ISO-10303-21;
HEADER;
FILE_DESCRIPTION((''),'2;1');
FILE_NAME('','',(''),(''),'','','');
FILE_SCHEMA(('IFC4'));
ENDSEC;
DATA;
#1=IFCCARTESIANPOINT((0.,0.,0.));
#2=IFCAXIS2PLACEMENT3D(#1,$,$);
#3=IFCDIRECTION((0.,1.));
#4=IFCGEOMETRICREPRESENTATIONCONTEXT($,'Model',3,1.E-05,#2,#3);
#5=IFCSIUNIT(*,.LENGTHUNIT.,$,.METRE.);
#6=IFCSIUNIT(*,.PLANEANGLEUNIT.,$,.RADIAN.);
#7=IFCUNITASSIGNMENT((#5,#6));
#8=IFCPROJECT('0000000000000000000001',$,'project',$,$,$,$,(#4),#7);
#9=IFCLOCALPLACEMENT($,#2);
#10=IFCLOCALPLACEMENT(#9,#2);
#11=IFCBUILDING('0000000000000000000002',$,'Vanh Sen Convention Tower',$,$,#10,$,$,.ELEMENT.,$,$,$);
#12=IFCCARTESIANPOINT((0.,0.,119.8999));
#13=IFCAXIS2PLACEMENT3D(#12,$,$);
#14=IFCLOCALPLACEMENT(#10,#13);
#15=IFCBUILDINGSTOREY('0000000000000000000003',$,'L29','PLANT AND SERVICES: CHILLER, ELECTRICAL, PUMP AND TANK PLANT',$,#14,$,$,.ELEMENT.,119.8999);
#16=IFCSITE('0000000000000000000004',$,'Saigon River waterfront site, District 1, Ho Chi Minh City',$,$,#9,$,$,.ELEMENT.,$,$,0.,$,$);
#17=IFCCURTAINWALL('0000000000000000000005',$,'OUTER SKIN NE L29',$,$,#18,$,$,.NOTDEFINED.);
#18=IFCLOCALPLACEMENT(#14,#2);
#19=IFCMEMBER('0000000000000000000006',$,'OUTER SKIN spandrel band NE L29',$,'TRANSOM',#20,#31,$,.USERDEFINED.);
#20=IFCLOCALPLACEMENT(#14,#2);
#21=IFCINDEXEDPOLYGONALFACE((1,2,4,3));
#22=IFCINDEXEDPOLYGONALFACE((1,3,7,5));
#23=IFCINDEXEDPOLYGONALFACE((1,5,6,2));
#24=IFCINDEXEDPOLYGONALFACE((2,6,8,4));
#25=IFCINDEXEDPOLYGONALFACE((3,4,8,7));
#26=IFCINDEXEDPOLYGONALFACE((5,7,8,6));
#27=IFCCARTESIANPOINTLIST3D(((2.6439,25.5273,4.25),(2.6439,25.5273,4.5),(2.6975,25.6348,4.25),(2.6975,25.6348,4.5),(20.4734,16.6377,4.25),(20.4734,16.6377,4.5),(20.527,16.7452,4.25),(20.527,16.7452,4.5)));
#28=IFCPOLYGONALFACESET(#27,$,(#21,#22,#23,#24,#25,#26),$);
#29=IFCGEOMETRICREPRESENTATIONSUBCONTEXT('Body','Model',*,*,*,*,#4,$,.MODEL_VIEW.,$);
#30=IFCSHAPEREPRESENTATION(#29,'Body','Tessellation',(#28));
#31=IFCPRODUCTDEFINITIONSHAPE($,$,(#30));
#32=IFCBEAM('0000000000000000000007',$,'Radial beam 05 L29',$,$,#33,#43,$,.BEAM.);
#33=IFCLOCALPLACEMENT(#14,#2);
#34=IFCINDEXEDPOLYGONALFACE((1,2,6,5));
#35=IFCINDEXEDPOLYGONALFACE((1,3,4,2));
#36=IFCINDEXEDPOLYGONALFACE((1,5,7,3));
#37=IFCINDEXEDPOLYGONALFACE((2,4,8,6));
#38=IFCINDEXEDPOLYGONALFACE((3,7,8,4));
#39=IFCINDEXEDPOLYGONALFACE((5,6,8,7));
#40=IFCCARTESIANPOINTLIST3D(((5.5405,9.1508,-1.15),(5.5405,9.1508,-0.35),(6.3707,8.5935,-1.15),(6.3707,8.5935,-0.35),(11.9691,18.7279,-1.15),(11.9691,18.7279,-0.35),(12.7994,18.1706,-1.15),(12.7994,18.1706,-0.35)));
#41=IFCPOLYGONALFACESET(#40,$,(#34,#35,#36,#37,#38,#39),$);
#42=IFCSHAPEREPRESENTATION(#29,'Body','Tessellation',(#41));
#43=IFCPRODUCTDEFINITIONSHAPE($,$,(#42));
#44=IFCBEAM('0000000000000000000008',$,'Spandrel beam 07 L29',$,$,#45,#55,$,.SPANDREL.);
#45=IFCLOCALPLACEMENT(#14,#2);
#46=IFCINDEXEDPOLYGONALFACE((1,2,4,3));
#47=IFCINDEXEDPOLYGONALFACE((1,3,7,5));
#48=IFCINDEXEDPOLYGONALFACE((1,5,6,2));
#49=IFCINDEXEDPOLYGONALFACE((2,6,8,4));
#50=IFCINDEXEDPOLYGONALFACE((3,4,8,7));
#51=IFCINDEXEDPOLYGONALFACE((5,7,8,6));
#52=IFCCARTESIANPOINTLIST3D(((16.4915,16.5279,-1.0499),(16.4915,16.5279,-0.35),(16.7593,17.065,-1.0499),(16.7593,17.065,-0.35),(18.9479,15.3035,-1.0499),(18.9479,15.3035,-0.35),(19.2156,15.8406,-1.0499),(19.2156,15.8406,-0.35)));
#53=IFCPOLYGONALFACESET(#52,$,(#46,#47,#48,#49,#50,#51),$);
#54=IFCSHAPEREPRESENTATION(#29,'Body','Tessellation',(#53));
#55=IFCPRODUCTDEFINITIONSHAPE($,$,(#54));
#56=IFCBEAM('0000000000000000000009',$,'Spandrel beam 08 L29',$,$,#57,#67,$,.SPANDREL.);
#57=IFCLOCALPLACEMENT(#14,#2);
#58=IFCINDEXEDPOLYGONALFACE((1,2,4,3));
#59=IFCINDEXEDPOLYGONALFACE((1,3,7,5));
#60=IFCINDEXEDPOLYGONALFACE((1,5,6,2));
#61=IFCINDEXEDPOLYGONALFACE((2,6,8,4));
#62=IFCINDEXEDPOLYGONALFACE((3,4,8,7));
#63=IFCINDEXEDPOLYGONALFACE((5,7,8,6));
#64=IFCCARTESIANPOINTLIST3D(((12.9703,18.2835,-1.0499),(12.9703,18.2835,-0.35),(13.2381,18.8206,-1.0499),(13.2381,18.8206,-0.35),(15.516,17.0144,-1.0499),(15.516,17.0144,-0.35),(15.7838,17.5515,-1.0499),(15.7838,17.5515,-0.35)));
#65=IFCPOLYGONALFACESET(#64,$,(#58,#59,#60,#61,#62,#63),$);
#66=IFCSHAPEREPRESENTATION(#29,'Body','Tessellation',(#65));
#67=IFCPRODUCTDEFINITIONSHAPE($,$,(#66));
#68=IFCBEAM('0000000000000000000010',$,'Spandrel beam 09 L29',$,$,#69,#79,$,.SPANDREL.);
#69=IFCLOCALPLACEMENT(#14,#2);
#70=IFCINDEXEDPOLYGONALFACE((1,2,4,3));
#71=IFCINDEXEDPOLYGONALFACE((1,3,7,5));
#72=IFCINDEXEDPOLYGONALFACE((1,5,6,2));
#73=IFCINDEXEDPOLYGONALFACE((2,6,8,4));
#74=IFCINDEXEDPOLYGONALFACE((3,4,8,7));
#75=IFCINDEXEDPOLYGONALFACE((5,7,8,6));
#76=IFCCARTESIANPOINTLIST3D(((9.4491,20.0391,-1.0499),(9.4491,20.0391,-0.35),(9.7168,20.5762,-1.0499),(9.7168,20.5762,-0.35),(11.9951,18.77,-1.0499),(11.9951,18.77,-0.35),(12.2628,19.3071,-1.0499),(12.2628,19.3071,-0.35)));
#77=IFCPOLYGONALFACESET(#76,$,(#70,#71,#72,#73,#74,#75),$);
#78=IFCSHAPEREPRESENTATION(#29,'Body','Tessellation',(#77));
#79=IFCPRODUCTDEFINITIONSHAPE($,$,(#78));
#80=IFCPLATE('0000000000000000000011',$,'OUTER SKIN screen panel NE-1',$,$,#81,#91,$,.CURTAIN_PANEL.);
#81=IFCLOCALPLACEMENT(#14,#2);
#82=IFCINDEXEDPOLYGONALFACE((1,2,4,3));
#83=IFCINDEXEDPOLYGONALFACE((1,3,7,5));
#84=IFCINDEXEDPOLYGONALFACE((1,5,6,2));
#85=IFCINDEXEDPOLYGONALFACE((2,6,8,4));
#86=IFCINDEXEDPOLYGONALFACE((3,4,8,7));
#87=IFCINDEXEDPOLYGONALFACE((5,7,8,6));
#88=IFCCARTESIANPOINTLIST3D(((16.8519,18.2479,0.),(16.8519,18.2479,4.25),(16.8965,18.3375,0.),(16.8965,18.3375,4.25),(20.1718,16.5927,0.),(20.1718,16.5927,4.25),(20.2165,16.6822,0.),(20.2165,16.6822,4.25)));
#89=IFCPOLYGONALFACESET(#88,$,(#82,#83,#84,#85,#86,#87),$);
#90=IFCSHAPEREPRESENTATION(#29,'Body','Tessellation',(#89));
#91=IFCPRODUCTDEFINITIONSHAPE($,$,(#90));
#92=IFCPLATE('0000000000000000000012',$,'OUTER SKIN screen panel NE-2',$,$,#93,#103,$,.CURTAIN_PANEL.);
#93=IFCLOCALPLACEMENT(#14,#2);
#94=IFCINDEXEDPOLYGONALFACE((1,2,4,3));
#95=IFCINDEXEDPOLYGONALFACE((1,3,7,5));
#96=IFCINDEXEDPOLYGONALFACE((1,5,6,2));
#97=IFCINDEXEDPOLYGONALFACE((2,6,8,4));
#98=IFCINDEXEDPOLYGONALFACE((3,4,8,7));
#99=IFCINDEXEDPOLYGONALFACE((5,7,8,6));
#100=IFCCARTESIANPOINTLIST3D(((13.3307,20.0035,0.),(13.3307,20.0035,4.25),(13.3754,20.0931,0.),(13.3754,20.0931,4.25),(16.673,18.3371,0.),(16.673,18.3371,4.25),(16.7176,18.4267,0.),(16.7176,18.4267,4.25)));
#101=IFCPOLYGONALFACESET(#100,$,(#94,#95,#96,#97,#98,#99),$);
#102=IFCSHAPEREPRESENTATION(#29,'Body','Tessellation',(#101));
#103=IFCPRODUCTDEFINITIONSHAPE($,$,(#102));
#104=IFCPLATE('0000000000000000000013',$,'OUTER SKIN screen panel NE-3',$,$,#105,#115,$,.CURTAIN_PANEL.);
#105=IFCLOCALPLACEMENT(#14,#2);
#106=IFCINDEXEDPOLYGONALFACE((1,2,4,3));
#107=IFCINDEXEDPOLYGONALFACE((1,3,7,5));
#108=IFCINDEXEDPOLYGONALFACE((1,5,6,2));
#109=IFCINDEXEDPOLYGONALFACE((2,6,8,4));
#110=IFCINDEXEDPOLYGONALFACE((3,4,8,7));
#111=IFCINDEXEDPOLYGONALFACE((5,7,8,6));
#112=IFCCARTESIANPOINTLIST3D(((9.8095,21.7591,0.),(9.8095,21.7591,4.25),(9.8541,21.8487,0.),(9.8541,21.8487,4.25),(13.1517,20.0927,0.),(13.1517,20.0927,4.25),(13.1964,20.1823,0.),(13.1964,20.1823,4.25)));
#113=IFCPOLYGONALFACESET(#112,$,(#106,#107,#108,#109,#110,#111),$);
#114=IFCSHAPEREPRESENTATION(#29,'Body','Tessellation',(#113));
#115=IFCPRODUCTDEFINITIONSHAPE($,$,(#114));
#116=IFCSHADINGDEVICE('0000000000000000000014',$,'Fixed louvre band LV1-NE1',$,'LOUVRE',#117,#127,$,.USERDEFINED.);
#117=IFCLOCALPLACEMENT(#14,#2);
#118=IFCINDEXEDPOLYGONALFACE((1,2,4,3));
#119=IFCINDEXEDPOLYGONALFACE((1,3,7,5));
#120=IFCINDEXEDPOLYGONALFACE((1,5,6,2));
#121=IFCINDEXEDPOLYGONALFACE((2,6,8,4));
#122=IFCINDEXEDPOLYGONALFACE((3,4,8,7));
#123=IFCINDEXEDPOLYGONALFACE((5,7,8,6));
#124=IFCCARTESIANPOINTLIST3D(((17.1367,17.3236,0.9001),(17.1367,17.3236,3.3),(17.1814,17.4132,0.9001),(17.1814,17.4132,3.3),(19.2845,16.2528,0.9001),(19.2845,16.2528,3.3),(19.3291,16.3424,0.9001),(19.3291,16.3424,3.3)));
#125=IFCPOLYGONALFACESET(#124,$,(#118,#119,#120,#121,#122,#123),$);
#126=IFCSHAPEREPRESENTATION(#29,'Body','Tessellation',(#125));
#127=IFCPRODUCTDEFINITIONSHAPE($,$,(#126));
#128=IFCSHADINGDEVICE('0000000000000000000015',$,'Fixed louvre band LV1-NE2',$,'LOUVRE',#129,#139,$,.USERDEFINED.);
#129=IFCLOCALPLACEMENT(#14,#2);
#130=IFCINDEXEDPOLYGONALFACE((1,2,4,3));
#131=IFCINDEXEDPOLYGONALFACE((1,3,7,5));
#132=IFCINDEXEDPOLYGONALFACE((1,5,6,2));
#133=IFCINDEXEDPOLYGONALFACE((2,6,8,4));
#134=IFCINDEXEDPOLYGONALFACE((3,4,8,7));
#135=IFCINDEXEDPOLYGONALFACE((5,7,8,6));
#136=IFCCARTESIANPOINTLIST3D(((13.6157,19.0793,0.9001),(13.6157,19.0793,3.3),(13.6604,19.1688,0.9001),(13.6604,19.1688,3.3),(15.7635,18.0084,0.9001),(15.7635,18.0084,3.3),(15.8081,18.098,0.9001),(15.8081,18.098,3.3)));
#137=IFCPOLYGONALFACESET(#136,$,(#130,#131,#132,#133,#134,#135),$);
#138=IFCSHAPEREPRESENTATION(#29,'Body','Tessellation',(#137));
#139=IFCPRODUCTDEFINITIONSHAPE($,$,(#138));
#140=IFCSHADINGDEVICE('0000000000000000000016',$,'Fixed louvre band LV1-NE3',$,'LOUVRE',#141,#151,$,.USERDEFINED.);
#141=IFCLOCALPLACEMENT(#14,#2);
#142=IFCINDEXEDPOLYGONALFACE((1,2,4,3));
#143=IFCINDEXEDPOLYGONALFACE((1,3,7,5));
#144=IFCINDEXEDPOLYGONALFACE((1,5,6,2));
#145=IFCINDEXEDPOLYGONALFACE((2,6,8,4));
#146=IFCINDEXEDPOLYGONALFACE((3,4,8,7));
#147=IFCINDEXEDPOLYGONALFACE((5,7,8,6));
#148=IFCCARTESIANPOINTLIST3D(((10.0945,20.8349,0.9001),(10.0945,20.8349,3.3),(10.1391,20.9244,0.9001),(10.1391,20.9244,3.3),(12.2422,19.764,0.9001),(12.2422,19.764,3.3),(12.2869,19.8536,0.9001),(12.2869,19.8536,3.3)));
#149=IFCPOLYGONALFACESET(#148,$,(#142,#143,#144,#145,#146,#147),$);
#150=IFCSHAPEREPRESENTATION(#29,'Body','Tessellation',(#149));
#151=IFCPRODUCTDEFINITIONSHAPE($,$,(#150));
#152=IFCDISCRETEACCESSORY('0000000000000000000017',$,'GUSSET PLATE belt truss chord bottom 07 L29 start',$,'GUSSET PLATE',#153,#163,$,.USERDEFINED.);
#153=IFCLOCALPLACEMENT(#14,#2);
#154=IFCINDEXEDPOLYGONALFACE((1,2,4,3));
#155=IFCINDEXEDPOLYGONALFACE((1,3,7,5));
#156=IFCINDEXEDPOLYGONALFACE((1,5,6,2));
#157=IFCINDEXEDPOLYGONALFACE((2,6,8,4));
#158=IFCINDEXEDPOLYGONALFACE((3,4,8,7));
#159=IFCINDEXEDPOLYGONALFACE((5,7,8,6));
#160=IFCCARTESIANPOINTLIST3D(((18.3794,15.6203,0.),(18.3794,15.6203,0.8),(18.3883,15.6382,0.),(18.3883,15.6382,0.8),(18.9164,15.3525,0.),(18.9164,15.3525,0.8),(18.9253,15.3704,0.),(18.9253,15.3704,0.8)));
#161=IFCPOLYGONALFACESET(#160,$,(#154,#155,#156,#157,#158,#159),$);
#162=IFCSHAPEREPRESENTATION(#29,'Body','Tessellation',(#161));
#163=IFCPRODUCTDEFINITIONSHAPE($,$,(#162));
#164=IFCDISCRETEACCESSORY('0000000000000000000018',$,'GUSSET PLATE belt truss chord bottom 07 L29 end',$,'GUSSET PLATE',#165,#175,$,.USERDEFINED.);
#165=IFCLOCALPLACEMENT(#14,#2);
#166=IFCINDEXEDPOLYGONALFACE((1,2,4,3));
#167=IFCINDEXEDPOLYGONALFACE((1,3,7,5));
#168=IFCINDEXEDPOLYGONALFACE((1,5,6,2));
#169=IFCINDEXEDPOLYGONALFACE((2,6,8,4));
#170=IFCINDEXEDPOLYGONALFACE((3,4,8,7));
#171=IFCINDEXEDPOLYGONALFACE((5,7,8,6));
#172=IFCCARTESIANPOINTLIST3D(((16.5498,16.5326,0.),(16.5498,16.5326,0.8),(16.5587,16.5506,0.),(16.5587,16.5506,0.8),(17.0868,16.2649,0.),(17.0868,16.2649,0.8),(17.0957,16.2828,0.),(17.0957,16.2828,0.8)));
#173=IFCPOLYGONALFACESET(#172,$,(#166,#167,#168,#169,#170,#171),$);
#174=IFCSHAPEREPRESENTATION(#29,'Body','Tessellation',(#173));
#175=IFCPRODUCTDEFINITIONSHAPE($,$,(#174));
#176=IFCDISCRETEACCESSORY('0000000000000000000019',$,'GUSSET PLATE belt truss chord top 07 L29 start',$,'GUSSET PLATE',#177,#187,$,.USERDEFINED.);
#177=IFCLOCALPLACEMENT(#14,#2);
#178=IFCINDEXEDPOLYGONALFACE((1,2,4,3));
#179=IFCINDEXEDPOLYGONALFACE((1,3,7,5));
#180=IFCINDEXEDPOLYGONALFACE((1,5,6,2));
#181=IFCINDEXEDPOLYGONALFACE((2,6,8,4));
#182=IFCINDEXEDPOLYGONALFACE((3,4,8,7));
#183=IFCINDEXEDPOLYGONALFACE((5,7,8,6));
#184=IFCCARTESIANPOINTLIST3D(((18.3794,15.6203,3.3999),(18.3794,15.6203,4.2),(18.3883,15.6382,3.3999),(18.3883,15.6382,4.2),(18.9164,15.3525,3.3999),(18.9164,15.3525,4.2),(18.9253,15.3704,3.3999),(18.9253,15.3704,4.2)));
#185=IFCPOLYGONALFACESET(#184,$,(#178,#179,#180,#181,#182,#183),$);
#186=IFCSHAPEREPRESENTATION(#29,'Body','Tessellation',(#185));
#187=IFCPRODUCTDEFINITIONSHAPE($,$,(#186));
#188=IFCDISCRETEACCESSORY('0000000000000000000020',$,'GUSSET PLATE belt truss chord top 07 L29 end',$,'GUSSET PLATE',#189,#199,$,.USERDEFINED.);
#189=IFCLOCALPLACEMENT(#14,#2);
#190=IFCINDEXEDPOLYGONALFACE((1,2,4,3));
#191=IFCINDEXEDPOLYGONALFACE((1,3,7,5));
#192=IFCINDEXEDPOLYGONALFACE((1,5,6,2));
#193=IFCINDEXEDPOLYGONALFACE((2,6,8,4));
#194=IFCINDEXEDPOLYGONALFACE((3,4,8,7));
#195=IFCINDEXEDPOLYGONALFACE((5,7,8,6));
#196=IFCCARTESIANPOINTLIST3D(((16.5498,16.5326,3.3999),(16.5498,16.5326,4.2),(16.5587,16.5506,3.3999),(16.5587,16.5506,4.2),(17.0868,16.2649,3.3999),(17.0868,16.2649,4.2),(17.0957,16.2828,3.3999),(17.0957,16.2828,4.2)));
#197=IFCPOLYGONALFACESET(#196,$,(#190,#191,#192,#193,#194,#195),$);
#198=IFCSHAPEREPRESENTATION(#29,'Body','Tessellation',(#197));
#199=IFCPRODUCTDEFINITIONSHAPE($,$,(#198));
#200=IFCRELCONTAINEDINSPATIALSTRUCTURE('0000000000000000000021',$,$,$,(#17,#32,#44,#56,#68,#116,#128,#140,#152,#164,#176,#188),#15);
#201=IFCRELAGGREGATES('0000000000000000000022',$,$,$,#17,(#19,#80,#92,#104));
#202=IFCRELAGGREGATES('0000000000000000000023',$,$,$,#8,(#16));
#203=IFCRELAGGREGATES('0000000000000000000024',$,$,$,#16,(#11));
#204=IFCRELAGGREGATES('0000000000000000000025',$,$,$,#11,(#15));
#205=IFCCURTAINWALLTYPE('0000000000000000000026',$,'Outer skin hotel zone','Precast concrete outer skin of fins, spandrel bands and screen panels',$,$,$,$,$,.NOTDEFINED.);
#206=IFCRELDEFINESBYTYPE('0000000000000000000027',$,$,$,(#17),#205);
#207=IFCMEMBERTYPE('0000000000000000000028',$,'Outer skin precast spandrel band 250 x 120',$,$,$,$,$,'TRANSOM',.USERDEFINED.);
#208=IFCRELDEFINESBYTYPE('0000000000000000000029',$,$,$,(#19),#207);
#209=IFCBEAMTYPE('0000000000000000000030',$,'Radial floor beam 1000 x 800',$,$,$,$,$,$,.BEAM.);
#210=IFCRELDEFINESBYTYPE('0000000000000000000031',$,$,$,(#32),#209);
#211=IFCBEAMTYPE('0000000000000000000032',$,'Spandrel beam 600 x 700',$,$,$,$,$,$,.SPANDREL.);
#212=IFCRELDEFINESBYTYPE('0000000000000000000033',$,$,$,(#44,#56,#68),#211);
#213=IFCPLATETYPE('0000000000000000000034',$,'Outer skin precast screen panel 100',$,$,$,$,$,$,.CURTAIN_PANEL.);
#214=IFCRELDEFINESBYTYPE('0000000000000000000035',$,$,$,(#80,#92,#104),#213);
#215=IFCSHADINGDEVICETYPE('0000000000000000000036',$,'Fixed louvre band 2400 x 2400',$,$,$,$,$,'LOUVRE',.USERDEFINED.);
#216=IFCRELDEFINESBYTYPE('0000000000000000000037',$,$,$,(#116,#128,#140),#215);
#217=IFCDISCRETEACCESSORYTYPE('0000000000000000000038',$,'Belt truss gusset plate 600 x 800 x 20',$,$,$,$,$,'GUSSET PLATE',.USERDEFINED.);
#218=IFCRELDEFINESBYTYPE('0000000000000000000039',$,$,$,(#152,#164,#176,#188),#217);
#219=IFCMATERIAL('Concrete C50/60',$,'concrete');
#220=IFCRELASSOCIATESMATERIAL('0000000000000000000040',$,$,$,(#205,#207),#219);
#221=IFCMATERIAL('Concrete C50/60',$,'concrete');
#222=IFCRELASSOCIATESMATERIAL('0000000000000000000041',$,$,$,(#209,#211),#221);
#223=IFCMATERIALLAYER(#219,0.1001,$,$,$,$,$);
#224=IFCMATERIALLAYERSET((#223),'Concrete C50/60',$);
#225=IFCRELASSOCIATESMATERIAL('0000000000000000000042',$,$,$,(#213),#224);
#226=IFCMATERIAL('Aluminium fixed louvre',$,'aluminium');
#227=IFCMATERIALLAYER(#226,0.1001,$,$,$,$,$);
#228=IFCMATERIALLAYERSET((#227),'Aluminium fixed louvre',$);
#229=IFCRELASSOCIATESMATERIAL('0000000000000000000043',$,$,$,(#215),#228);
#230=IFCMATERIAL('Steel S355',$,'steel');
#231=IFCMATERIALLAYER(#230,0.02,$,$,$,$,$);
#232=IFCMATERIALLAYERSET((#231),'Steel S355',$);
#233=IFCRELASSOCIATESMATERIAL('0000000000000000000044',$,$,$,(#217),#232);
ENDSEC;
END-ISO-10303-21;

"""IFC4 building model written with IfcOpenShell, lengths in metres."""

from ifc_helpers import new_model, si_unit, direction, frame, origin, origin_2d, place, context, subcontext, project, spatial, rectangle, extrude, material, layer, layer_set, material_profile, profile_set, type_object, element, aggregate, save


model = new_model("IFC4")

# Units and contexts
model_context = context("Model", 3, precision=1e-05, world=origin(), true_north=direction((0.0, 1.0)))
body_context = subcontext(model_context, "Body", "Model", "MODEL_VIEW")
ifc_project = project(units=[si_unit("LENGTHUNIT", "METRE"), si_unit("PLANEANGLEUNIT", "RADIAN")], contexts=[model_context])

# Site, building, storey
site_placement = place(None, origin())
site = spatial("IfcSite", under=ifc_project, at=site_placement, Name="Saigon River waterfront site, District 1, Ho Chi Minh City", CompositionType="ELEMENT", RefElevation=0.0)
building_placement = place(site_placement, origin())
building = spatial("IfcBuilding", under=site, at=building_placement, Name="Vanh Sen Convention Tower", CompositionType="ELEMENT")
storey_placement = place(building_placement, frame((0.0, 0.0, 119.8999)))
storey = spatial("IfcBuildingStorey", under=building, at=storey_placement, Name="L29", Description="PLANT AND SERVICES: CHILLER, ELECTRICAL, PUMP AND TANK PLANT", CompositionType="ELEMENT", Elevation=119.8999)

# Shared definitions
ifc_material_1 = material(Name="Steel S355", Category="steel")

# Curtain wall, member
ifc_material_2 = material(Name="Concrete C50/60", Category="concrete")
curtain_wall_type = type_object("IfcCurtainWallType", Name="Outer skin hotel zone", Description="Precast concrete outer skin of fins, spandrel bands and screen panels", PredefinedType="NOTDEFINED", material=ifc_material_2)
curtain_wall_placement = place(storey_placement, origin())
curtain_wall = element("IfcCurtainWall", 1, at=curtain_wall_placement, inside=storey, type_object=curtain_wall_type, Name="OUTER SKIN NE L29", PredefinedType="NOTDEFINED")
ifc_material_profile_1 = material_profile(ifc_material_2, rectangle(XDim=0.1201, YDim=0.25, at=origin_2d()), Name="Outer skin precast spandrel band 250 x 120")
ifc_profile_set_1 = profile_set([ifc_material_profile_1], Name="Concrete C50/60")
member_type_1 = type_object("IfcMemberType", Name="Outer skin precast spandrel band 250 x 120", ElementType="TRANSOM", PredefinedType="USERDEFINED", material=ifc_profile_set_1)
member_1_placement = place(storey_placement, frame((20.5002, 16.6914, 4.375), z_axis=(-0.894931, 0.446204, 0.0), x_axis=(-0.446204, -0.894931, 0.0)))
member_1 = element("IfcMember", 2, at=member_1_placement, type_object=member_type_1, Name="OUTER SKIN spandrel band NE L29", ObjectType="TRANSOM", PredefinedType="USERDEFINED", context=body_context, shape_type="SweptSolid", body=[
    extrude(rectangle(XDim=0.1201, YDim=0.25, at=origin_2d()), origin(), (0.0, 0.0, 1.0), 19.9229),
])

# Beams
ifc_material_3 = material(Name="Concrete C50/60", Category="concrete")
ifc_material_profile_2 = material_profile(ifc_material_3, rectangle(XDim=1.0, YDim=0.8, at=origin_2d()), Name="RC 1000X800")
ifc_profile_set_2 = profile_set([ifc_material_profile_2], Name="Concrete C50/60")
beam_type_1 = type_object("IfcBeamType", Name="Radial floor beam 1000 x 800", PredefinedType="BEAM", material=ifc_profile_set_2)
beam_1_placement = place(storey_placement, frame((12.3843, 18.4492, -0.75), z_axis=(-0.557335, -0.830288, 0.0), x_axis=(0.830288, -0.557335, 0.0)))
element("IfcBeam", 3, at=beam_1_placement, inside=storey, type_object=beam_type_1, Name="Radial beam 05 L29", PredefinedType="BEAM", context=body_context, shape_type="SweptSolid", body=[
    extrude(rectangle(XDim=1.0, YDim=0.8, at=origin_2d()), origin(), (0.0, 0.0, 1.0), 11.5347),
])
ifc_material_profile_3 = material_profile(ifc_material_3, rectangle(XDim=0.6001, YDim=0.7, at=origin_2d()), Name="RC 600X700")
ifc_profile_set_3 = profile_set([ifc_material_profile_3], Name="Concrete C50/60")
beam_type_2 = type_object("IfcBeamType", Name="Spandrel beam 600 x 700", PredefinedType="SPANDREL", material=ifc_profile_set_3)
beam_2_placement = place(storey_placement, frame((19.0818, 15.572, -0.7), z_axis=(-0.894978, 0.44611, 0.0), x_axis=(-0.44611, -0.894978, 0.0)))
element("IfcBeam", 4, at=beam_2_placement, inside=storey, type_object=beam_type_2, Name="Spandrel beam 07 L29", PredefinedType="SPANDREL", context=body_context, shape_type="SweptSolid", body=[
    extrude(rectangle(XDim=0.6001, YDim=0.7, at=origin_2d()), origin(), (0.0, 0.0, 1.0), 2.7446),
])
beam_3_placement = place(storey_placement, frame((15.6499, 17.283, -0.7), z_axis=(-0.894959, 0.446149, 0.0), x_axis=(-0.446149, -0.894959, 0.0)))
element("IfcBeam", 5, at=beam_3_placement, inside=storey, type_object=beam_type_2, Name="Spandrel beam 08 L29", PredefinedType="SPANDREL", context=body_context, shape_type="SweptSolid", body=[
    extrude(rectangle(XDim=0.6001, YDim=0.7, at=origin_2d()), origin(), (0.0, 0.0, 1.0), 2.8445),
])
beam_4_placement = place(storey_placement, frame((12.1289, 19.0386, -0.7), z_axis=(-0.894976, 0.446115, 0.0), x_axis=(-0.446115, -0.894976, 0.0)))
element("IfcBeam", 6, at=beam_4_placement, inside=storey, type_object=beam_type_2, Name="Spandrel beam 09 L29", PredefinedType="SPANDREL", context=body_context, shape_type="SweptSolid", body=[
    extrude(rectangle(XDim=0.6001, YDim=0.7, at=origin_2d()), origin(), (0.0, 0.0, 1.0), 2.8447),
])

# Plates
ifc_layer_1 = layer(ifc_material_2, 0.1001)
ifc_layer_set_1 = layer_set([ifc_layer_1], Name="Concrete C50/60")
plate_type = type_object("IfcPlateType", Name="Outer skin precast screen panel 100", PredefinedType="CURTAIN_PANEL", material=ifc_layer_set_1)
plate_1_placement = place(storey_placement, frame((18.5342, 17.4651, 0.0), z_axis=(0.0, 0.0, 1.0), x_axis=(-0.894935, 0.446196, 0.0)))
plate_1 = element("IfcPlate", 7, at=plate_1_placement, type_object=plate_type, Name="OUTER SKIN screen panel NE-1", PredefinedType="CURTAIN_PANEL", context=body_context, shape_type="SweptSolid", body=[
    extrude(rectangle(XDim=3.7097, YDim=0.1001, at=origin_2d()), origin(), (0.0, 0.0, 1.0), 4.25),
])
plate_2_placement = place(storey_placement, frame((15.0242, 19.2151, 0.0), z_axis=(0.0, 0.0, 1.0), x_axis=(-0.894935, 0.446196, 0.0)))
plate_2 = element("IfcPlate", 8, at=plate_2_placement, type_object=plate_type, Name="OUTER SKIN screen panel NE-2", PredefinedType="CURTAIN_PANEL", context=body_context, shape_type="SweptSolid", body=[
    extrude(rectangle(XDim=3.7346, YDim=0.1001, at=origin_2d()), origin(), (0.0, 0.0, 1.0), 4.25),
])
plate_3_placement = place(storey_placement, frame((11.5029, 20.9707, 0.0), z_axis=(0.0, 0.0, 1.0), x_axis=(-0.894935, 0.446196, 0.0)))
plate_3 = element("IfcPlate", 9, at=plate_3_placement, type_object=plate_type, Name="OUTER SKIN screen panel NE-3", PredefinedType="CURTAIN_PANEL", context=body_context, shape_type="SweptSolid", body=[
    extrude(rectangle(XDim=3.7346, YDim=0.1001, at=origin_2d()), origin(), (0.0, 0.0, 1.0), 4.25),
])
aggregate(curtain_wall, [member_1, plate_1, plate_2, plate_3])

# Shading devices
ifc_material_4 = material(Name="Aluminium fixed louvre", Category="aluminium")
ifc_layer_2 = layer(ifc_material_4, 0.1001)
ifc_layer_set_2 = layer_set([ifc_layer_2], Name="Aluminium fixed louvre")
shading_device_type = type_object("IfcShadingDeviceType", Name="Fixed louvre band 2400 x 2400", ElementType="LOUVRE", PredefinedType="USERDEFINED", material=ifc_layer_set_2)
for number, where, z_axis, x_axis, name in (
    (10, (18.2329, 16.833, 0.9001), (0.0, 0.0, 1.0), (-0.894934, 0.446199, 0.0), "Fixed louvre band LV1-NE1"),
    (11, (14.7119, 18.5886, 0.9001), (0.0, 0.0, 1.0), (-0.894934, 0.446199, 0.0), "Fixed louvre band LV1-NE2"),
    (12, (11.1907, 20.3442, 0.9001), (0.0, 0.0, 1.0), (-0.894934, 0.446199, 0.0), "Fixed louvre band LV1-NE3"),
):
    element("IfcShadingDevice", number, at=place(storey_placement, frame(where, z_axis=z_axis, x_axis=x_axis)), inside=storey, type_object=shading_device_type, Name=name, ObjectType="LOUVRE", PredefinedType="USERDEFINED", context=body_context, shape_type="SweptSolid", body=[
        extrude(rectangle(XDim=2.3999, YDim=0.1001, at=origin_2d()), origin(), (0.0, 0.0, 1.0), 2.3999),
    ])

# Discrete accessories
ifc_layer_3 = layer(ifc_material_1, 0.02)
ifc_layer_set_3 = layer_set([ifc_layer_3], Name="Steel S355")
discrete_accessory_type_1 = type_object("IfcDiscreteAccessoryType", Name="Belt truss gusset plate 600 x 800 x 20", ElementType="GUSSET PLATE", PredefinedType="USERDEFINED", material=ifc_layer_set_3)
for number, where, z_axis, x_axis, name in (
    (13, (18.6523, 15.4954, 0.0), (0.0, 0.0, 1.0), (-0.894935, 0.446196, 0.0), "GUSSET PLATE belt truss chord bottom 07 L29 start"),
    (14, (16.8228, 16.4077, 0.0), (0.0, 0.0, 1.0), (0.894935, -0.446196, 0.0), "GUSSET PLATE belt truss chord bottom 07 L29 end"),
    (15, (18.6523, 15.4954, 3.3999), (0.0, 0.0, 1.0), (-0.894935, 0.446196, 0.0), "GUSSET PLATE belt truss chord top 07 L29 start"),
    (16, (16.8228, 16.4077, 3.3999), (0.0, 0.0, 1.0), (0.894935, -0.446196, 0.0), "GUSSET PLATE belt truss chord top 07 L29 end"),
):
    element("IfcDiscreteAccessory", number, at=place(storey_placement, frame(where, z_axis=z_axis, x_axis=x_axis)), inside=storey, type_object=discrete_accessory_type_1, Name=name, ObjectType="GUSSET PLATE", PredefinedType="USERDEFINED", context=body_context, shape_type="SweptSolid", body=[
        extrude(rectangle(XDim=0.6001, YDim=0.02, at=origin_2d()), origin(), (0.0, 0.0, 1.0), 0.8),
    ])

save(model, "model.ifc")
